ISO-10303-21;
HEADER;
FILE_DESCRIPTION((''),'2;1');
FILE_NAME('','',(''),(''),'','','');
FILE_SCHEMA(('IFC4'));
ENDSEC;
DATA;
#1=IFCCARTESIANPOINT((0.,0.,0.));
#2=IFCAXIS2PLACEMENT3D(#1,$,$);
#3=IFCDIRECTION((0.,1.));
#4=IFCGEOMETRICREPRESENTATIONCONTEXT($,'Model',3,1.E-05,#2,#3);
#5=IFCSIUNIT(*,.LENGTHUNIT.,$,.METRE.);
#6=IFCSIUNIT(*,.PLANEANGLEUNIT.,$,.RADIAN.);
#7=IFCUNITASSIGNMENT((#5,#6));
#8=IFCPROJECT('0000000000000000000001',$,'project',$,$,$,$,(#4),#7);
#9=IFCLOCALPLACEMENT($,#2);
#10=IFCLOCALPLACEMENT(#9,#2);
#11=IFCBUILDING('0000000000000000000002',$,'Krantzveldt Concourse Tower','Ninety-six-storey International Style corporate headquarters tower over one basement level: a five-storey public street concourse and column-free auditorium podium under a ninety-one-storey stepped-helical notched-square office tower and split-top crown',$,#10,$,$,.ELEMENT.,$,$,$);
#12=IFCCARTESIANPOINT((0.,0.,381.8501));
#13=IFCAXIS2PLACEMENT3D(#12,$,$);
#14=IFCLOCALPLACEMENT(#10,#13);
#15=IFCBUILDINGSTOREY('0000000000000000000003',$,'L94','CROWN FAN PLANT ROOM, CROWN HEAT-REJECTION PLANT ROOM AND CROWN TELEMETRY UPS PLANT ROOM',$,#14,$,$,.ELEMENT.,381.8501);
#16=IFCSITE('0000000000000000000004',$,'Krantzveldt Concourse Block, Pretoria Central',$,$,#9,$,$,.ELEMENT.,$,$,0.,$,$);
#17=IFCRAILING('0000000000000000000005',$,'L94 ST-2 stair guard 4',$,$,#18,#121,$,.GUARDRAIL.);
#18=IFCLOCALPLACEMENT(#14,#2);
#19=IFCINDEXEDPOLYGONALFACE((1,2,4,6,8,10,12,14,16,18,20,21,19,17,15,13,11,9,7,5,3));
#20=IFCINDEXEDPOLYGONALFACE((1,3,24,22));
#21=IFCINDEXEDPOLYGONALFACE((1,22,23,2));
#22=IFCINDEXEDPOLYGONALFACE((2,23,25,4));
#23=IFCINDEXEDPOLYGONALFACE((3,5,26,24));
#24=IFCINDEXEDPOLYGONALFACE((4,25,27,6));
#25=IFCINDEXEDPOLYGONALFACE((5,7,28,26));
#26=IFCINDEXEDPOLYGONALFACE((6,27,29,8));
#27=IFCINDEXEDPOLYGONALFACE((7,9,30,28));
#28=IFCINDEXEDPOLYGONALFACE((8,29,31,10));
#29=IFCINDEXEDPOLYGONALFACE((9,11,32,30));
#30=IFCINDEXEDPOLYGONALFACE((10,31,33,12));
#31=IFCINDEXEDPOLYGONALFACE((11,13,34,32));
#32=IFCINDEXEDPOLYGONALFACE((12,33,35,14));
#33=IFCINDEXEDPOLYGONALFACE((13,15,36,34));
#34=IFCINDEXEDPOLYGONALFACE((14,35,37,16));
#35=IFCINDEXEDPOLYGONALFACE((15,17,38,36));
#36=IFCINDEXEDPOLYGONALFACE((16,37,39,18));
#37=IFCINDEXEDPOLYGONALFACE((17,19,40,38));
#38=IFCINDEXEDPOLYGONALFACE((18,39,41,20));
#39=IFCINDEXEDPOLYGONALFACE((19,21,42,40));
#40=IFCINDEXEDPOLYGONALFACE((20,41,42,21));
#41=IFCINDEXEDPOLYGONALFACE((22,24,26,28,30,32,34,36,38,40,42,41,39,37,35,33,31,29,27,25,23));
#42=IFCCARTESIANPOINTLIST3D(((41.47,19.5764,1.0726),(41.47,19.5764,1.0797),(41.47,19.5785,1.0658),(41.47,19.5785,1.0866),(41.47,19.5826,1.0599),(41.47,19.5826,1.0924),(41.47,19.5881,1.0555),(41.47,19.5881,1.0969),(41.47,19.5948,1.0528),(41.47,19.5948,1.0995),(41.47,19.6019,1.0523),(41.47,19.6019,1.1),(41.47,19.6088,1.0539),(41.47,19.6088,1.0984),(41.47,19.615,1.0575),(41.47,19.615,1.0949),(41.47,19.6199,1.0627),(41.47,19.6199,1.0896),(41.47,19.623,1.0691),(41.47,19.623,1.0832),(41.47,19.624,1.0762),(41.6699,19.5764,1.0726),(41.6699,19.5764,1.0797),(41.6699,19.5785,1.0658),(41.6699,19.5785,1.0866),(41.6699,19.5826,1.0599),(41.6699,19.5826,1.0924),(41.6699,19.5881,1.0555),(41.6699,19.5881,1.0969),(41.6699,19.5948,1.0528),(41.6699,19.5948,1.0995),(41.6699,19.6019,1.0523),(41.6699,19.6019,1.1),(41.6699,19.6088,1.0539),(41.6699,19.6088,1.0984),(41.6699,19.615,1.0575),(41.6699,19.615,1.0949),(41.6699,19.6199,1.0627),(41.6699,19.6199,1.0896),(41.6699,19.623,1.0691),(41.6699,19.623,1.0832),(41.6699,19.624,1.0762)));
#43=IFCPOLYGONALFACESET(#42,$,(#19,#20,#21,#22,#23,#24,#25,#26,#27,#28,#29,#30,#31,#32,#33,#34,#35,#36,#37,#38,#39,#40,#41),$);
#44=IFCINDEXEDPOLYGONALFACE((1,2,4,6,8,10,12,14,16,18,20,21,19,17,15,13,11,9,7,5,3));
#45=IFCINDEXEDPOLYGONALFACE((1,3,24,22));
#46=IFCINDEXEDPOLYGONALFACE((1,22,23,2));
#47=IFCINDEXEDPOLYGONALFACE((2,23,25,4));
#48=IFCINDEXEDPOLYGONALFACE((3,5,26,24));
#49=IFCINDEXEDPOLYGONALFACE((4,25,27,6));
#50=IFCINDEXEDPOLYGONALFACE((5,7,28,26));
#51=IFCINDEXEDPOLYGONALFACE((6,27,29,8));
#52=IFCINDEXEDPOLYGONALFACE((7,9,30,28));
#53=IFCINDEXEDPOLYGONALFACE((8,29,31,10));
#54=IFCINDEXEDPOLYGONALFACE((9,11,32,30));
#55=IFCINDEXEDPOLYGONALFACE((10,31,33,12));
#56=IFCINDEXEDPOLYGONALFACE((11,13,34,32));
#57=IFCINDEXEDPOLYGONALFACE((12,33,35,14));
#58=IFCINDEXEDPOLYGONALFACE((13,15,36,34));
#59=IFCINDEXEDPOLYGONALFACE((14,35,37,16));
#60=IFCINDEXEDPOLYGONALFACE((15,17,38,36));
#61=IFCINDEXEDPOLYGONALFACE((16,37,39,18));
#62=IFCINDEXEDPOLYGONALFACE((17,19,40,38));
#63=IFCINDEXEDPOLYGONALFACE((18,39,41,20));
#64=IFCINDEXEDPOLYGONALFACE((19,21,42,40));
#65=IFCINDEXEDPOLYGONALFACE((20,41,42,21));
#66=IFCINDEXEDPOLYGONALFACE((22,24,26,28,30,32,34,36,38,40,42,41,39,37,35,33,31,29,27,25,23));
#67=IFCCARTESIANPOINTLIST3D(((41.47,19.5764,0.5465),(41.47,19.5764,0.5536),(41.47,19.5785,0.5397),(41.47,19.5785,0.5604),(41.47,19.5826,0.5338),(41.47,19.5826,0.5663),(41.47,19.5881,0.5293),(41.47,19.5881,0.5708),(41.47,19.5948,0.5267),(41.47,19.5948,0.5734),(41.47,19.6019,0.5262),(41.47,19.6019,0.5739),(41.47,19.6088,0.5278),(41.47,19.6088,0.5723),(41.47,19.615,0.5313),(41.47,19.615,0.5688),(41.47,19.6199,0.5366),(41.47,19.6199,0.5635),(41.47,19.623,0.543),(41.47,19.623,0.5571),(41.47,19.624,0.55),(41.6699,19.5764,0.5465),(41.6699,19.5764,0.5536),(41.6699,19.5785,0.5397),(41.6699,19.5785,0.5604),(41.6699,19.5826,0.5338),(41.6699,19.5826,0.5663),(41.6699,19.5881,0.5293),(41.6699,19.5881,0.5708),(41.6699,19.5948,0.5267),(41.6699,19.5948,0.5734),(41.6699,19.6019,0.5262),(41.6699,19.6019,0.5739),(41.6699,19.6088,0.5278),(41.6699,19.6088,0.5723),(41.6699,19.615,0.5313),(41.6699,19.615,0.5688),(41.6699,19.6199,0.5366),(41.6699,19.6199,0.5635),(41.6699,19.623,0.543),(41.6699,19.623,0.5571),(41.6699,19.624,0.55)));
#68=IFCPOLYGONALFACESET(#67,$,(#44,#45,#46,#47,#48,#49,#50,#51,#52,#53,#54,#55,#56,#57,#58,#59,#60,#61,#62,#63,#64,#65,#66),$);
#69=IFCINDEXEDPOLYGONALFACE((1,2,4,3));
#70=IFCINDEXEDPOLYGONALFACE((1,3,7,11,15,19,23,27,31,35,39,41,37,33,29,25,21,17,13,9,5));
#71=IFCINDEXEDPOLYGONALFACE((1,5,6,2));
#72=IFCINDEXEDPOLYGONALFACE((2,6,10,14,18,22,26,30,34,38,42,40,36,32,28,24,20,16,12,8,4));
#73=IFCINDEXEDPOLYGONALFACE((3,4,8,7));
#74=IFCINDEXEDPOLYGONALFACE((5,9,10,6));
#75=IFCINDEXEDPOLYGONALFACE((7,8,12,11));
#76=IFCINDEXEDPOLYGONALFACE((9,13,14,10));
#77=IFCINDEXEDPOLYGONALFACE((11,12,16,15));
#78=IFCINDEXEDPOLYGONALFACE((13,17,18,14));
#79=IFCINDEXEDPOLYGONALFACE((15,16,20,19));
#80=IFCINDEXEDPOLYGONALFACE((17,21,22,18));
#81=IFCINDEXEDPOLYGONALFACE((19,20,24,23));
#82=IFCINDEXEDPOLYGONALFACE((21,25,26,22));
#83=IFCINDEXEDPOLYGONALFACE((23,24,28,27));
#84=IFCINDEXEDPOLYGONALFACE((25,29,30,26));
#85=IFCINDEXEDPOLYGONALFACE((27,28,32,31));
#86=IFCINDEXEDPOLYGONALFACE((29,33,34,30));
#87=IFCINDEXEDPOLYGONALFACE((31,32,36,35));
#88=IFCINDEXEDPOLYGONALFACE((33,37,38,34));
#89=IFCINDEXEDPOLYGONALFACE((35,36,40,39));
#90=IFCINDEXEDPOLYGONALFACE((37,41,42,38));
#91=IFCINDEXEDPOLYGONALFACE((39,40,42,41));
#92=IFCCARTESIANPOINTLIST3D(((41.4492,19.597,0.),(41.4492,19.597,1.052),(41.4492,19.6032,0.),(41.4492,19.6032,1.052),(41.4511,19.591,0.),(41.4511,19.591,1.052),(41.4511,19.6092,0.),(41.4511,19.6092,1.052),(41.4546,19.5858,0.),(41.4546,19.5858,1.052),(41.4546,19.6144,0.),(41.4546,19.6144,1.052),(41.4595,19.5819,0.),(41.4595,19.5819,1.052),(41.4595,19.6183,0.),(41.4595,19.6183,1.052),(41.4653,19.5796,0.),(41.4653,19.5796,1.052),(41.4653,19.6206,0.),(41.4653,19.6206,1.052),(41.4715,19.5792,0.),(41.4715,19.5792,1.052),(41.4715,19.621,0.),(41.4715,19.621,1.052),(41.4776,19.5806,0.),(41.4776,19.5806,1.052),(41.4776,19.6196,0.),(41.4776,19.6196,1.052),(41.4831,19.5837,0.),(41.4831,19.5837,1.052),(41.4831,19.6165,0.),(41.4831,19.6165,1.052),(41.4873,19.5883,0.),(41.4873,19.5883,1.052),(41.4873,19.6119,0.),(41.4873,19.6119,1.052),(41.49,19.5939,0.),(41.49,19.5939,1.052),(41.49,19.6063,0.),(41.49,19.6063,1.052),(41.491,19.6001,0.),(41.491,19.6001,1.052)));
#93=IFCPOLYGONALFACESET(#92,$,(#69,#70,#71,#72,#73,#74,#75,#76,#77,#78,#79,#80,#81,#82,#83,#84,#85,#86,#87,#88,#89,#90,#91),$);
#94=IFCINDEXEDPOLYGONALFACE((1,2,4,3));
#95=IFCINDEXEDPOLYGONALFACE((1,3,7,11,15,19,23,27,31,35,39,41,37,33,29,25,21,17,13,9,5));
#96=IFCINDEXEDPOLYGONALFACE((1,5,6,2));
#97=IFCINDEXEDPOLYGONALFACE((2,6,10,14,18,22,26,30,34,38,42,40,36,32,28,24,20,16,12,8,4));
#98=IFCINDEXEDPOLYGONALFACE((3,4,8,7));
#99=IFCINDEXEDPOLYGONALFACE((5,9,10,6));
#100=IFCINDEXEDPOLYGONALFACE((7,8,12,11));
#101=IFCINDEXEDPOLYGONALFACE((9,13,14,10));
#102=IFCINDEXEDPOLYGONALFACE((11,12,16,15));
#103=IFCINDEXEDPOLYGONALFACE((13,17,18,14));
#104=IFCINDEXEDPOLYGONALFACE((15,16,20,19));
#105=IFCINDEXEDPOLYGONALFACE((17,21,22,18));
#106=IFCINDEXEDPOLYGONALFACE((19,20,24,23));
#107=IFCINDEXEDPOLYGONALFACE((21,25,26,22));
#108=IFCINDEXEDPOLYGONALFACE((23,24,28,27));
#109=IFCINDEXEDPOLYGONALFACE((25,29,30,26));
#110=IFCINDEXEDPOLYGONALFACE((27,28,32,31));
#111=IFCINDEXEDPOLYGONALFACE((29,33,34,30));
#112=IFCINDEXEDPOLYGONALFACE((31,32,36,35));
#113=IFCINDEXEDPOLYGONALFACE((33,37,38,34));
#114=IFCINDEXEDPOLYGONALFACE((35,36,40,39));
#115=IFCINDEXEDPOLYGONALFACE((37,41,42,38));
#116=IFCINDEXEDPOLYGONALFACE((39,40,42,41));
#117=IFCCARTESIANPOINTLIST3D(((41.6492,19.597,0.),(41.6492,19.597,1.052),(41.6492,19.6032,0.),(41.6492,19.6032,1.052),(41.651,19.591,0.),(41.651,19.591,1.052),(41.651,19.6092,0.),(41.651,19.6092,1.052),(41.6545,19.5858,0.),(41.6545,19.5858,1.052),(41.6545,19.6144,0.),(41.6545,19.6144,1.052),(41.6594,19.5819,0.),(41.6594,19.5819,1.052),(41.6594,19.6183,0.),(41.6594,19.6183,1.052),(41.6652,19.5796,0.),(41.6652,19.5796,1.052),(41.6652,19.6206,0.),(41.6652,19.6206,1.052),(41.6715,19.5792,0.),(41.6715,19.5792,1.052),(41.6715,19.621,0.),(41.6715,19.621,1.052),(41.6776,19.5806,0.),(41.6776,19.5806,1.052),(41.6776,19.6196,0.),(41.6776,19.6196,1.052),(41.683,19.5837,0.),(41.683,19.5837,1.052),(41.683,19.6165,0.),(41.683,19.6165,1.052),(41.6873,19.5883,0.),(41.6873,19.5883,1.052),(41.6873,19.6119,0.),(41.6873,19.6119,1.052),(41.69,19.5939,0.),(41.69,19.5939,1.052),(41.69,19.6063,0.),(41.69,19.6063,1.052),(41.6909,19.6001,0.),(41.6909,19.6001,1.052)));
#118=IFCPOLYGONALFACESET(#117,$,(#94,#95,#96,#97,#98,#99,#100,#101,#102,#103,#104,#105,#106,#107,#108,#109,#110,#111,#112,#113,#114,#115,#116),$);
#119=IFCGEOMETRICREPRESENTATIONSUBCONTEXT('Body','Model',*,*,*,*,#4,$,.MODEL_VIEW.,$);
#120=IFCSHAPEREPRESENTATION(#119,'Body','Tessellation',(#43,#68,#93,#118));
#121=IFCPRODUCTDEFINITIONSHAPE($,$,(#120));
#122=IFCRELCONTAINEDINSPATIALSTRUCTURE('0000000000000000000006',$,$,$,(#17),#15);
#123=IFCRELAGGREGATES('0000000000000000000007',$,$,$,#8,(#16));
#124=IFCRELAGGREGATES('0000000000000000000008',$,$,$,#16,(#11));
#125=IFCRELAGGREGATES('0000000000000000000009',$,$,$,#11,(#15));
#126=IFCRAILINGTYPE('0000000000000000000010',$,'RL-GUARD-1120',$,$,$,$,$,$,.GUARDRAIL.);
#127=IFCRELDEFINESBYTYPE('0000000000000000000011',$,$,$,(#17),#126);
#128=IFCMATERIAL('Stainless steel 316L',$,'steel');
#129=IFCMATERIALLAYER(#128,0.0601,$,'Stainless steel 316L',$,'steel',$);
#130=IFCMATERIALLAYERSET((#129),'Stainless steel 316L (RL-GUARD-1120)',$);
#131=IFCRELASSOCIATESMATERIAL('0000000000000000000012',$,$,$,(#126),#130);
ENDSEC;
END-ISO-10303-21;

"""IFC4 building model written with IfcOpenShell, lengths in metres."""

from ifc_helpers import new_model, si_unit, direction, frame, origin, origin_2d, place, context, subcontext, project, spatial, circle, extrude, material, layer, layer_set, type_object, element, save


model = new_model("IFC4")

# Units and contexts
model_context = context("Model", 3, precision=1e-05, world=origin(), true_north=direction((0.0, 1.0)))
body_context = subcontext(model_context, "Body", "Model", "MODEL_VIEW")
ifc_project = project(units=[si_unit("LENGTHUNIT", "METRE"), si_unit("PLANEANGLEUNIT", "RADIAN")], contexts=[model_context])

# Site, building, storey
site_placement = place(None, origin())
site = spatial("IfcSite", under=ifc_project, at=site_placement, Name="Krantzveldt Concourse Block, Pretoria Central", CompositionType="ELEMENT", RefElevation=0.0)
building_placement = place(site_placement, origin())
building = spatial("IfcBuilding", under=site, at=building_placement, Name="Krantzveldt Concourse Tower", Description="Ninety-six-storey International Style corporate headquarters tower over one basement level: a five-storey public street concourse and column-free auditorium podium under a ninety-one-storey stepped-helical notched-square office tower and split-top crown", CompositionType="ELEMENT")
storey_placement = place(building_placement, frame((0.0, 0.0, 381.8501)))
storey = spatial("IfcBuildingStorey", under=building, at=storey_placement, Name="L94", Description="CROWN FAN PLANT ROOM, CROWN HEAT-REJECTION PLANT ROOM AND CROWN TELEMETRY UPS PLANT ROOM", CompositionType="ELEMENT", Elevation=381.8501)

# Railing
ifc_material_1 = material(Name="Stainless steel 316L", Category="steel")
ifc_layer_1 = layer(ifc_material_1, 0.0601, Name="Stainless steel 316L", Category="steel")
ifc_layer_set_1 = layer_set([ifc_layer_1], Name="Stainless steel 316L (RL-GUARD-1120)")
railing_type_1 = type_object("IfcRailingType", Name="RL-GUARD-1120", PredefinedType="GUARDRAIL", material=ifc_layer_set_1)
railing_1_placement = place(storey_placement, frame((41.47, 19.6001, 0.0)))
element("IfcRailing", 1, at=railing_1_placement, inside=storey, type_object=railing_type_1, Name="L94 ST-2 stair guard 4", PredefinedType="GUARDRAIL", context=body_context, shape_type="SweptSolid", body=[
    extrude(circle(Radius=0.0239, at=origin_2d()), frame((0.0, 0.0, 1.0762), z_axis=(1.0, 0.0, 0.0), x_axis=(0.0, 1.0, 0.0)), (0.0, 0.0, 1.0), 0.2),
    extrude(circle(Radius=0.0239, at=origin_2d()), frame((0.0, 0.0, 0.55), z_axis=(1.0, 0.0, 0.0), x_axis=(0.0, 1.0, 0.0)), (0.0, 0.0, 1.0), 0.2),
    extrude(circle(Radius=0.021, at=origin_2d()), origin(), (0.0, 0.0, 1.0), 1.052),
    extrude(circle(Radius=0.021, at=origin_2d()), frame((0.2, 0.0, 0.0)), (0.0, 0.0, 1.0), 1.052),
])

save(model, "model.ifc")
